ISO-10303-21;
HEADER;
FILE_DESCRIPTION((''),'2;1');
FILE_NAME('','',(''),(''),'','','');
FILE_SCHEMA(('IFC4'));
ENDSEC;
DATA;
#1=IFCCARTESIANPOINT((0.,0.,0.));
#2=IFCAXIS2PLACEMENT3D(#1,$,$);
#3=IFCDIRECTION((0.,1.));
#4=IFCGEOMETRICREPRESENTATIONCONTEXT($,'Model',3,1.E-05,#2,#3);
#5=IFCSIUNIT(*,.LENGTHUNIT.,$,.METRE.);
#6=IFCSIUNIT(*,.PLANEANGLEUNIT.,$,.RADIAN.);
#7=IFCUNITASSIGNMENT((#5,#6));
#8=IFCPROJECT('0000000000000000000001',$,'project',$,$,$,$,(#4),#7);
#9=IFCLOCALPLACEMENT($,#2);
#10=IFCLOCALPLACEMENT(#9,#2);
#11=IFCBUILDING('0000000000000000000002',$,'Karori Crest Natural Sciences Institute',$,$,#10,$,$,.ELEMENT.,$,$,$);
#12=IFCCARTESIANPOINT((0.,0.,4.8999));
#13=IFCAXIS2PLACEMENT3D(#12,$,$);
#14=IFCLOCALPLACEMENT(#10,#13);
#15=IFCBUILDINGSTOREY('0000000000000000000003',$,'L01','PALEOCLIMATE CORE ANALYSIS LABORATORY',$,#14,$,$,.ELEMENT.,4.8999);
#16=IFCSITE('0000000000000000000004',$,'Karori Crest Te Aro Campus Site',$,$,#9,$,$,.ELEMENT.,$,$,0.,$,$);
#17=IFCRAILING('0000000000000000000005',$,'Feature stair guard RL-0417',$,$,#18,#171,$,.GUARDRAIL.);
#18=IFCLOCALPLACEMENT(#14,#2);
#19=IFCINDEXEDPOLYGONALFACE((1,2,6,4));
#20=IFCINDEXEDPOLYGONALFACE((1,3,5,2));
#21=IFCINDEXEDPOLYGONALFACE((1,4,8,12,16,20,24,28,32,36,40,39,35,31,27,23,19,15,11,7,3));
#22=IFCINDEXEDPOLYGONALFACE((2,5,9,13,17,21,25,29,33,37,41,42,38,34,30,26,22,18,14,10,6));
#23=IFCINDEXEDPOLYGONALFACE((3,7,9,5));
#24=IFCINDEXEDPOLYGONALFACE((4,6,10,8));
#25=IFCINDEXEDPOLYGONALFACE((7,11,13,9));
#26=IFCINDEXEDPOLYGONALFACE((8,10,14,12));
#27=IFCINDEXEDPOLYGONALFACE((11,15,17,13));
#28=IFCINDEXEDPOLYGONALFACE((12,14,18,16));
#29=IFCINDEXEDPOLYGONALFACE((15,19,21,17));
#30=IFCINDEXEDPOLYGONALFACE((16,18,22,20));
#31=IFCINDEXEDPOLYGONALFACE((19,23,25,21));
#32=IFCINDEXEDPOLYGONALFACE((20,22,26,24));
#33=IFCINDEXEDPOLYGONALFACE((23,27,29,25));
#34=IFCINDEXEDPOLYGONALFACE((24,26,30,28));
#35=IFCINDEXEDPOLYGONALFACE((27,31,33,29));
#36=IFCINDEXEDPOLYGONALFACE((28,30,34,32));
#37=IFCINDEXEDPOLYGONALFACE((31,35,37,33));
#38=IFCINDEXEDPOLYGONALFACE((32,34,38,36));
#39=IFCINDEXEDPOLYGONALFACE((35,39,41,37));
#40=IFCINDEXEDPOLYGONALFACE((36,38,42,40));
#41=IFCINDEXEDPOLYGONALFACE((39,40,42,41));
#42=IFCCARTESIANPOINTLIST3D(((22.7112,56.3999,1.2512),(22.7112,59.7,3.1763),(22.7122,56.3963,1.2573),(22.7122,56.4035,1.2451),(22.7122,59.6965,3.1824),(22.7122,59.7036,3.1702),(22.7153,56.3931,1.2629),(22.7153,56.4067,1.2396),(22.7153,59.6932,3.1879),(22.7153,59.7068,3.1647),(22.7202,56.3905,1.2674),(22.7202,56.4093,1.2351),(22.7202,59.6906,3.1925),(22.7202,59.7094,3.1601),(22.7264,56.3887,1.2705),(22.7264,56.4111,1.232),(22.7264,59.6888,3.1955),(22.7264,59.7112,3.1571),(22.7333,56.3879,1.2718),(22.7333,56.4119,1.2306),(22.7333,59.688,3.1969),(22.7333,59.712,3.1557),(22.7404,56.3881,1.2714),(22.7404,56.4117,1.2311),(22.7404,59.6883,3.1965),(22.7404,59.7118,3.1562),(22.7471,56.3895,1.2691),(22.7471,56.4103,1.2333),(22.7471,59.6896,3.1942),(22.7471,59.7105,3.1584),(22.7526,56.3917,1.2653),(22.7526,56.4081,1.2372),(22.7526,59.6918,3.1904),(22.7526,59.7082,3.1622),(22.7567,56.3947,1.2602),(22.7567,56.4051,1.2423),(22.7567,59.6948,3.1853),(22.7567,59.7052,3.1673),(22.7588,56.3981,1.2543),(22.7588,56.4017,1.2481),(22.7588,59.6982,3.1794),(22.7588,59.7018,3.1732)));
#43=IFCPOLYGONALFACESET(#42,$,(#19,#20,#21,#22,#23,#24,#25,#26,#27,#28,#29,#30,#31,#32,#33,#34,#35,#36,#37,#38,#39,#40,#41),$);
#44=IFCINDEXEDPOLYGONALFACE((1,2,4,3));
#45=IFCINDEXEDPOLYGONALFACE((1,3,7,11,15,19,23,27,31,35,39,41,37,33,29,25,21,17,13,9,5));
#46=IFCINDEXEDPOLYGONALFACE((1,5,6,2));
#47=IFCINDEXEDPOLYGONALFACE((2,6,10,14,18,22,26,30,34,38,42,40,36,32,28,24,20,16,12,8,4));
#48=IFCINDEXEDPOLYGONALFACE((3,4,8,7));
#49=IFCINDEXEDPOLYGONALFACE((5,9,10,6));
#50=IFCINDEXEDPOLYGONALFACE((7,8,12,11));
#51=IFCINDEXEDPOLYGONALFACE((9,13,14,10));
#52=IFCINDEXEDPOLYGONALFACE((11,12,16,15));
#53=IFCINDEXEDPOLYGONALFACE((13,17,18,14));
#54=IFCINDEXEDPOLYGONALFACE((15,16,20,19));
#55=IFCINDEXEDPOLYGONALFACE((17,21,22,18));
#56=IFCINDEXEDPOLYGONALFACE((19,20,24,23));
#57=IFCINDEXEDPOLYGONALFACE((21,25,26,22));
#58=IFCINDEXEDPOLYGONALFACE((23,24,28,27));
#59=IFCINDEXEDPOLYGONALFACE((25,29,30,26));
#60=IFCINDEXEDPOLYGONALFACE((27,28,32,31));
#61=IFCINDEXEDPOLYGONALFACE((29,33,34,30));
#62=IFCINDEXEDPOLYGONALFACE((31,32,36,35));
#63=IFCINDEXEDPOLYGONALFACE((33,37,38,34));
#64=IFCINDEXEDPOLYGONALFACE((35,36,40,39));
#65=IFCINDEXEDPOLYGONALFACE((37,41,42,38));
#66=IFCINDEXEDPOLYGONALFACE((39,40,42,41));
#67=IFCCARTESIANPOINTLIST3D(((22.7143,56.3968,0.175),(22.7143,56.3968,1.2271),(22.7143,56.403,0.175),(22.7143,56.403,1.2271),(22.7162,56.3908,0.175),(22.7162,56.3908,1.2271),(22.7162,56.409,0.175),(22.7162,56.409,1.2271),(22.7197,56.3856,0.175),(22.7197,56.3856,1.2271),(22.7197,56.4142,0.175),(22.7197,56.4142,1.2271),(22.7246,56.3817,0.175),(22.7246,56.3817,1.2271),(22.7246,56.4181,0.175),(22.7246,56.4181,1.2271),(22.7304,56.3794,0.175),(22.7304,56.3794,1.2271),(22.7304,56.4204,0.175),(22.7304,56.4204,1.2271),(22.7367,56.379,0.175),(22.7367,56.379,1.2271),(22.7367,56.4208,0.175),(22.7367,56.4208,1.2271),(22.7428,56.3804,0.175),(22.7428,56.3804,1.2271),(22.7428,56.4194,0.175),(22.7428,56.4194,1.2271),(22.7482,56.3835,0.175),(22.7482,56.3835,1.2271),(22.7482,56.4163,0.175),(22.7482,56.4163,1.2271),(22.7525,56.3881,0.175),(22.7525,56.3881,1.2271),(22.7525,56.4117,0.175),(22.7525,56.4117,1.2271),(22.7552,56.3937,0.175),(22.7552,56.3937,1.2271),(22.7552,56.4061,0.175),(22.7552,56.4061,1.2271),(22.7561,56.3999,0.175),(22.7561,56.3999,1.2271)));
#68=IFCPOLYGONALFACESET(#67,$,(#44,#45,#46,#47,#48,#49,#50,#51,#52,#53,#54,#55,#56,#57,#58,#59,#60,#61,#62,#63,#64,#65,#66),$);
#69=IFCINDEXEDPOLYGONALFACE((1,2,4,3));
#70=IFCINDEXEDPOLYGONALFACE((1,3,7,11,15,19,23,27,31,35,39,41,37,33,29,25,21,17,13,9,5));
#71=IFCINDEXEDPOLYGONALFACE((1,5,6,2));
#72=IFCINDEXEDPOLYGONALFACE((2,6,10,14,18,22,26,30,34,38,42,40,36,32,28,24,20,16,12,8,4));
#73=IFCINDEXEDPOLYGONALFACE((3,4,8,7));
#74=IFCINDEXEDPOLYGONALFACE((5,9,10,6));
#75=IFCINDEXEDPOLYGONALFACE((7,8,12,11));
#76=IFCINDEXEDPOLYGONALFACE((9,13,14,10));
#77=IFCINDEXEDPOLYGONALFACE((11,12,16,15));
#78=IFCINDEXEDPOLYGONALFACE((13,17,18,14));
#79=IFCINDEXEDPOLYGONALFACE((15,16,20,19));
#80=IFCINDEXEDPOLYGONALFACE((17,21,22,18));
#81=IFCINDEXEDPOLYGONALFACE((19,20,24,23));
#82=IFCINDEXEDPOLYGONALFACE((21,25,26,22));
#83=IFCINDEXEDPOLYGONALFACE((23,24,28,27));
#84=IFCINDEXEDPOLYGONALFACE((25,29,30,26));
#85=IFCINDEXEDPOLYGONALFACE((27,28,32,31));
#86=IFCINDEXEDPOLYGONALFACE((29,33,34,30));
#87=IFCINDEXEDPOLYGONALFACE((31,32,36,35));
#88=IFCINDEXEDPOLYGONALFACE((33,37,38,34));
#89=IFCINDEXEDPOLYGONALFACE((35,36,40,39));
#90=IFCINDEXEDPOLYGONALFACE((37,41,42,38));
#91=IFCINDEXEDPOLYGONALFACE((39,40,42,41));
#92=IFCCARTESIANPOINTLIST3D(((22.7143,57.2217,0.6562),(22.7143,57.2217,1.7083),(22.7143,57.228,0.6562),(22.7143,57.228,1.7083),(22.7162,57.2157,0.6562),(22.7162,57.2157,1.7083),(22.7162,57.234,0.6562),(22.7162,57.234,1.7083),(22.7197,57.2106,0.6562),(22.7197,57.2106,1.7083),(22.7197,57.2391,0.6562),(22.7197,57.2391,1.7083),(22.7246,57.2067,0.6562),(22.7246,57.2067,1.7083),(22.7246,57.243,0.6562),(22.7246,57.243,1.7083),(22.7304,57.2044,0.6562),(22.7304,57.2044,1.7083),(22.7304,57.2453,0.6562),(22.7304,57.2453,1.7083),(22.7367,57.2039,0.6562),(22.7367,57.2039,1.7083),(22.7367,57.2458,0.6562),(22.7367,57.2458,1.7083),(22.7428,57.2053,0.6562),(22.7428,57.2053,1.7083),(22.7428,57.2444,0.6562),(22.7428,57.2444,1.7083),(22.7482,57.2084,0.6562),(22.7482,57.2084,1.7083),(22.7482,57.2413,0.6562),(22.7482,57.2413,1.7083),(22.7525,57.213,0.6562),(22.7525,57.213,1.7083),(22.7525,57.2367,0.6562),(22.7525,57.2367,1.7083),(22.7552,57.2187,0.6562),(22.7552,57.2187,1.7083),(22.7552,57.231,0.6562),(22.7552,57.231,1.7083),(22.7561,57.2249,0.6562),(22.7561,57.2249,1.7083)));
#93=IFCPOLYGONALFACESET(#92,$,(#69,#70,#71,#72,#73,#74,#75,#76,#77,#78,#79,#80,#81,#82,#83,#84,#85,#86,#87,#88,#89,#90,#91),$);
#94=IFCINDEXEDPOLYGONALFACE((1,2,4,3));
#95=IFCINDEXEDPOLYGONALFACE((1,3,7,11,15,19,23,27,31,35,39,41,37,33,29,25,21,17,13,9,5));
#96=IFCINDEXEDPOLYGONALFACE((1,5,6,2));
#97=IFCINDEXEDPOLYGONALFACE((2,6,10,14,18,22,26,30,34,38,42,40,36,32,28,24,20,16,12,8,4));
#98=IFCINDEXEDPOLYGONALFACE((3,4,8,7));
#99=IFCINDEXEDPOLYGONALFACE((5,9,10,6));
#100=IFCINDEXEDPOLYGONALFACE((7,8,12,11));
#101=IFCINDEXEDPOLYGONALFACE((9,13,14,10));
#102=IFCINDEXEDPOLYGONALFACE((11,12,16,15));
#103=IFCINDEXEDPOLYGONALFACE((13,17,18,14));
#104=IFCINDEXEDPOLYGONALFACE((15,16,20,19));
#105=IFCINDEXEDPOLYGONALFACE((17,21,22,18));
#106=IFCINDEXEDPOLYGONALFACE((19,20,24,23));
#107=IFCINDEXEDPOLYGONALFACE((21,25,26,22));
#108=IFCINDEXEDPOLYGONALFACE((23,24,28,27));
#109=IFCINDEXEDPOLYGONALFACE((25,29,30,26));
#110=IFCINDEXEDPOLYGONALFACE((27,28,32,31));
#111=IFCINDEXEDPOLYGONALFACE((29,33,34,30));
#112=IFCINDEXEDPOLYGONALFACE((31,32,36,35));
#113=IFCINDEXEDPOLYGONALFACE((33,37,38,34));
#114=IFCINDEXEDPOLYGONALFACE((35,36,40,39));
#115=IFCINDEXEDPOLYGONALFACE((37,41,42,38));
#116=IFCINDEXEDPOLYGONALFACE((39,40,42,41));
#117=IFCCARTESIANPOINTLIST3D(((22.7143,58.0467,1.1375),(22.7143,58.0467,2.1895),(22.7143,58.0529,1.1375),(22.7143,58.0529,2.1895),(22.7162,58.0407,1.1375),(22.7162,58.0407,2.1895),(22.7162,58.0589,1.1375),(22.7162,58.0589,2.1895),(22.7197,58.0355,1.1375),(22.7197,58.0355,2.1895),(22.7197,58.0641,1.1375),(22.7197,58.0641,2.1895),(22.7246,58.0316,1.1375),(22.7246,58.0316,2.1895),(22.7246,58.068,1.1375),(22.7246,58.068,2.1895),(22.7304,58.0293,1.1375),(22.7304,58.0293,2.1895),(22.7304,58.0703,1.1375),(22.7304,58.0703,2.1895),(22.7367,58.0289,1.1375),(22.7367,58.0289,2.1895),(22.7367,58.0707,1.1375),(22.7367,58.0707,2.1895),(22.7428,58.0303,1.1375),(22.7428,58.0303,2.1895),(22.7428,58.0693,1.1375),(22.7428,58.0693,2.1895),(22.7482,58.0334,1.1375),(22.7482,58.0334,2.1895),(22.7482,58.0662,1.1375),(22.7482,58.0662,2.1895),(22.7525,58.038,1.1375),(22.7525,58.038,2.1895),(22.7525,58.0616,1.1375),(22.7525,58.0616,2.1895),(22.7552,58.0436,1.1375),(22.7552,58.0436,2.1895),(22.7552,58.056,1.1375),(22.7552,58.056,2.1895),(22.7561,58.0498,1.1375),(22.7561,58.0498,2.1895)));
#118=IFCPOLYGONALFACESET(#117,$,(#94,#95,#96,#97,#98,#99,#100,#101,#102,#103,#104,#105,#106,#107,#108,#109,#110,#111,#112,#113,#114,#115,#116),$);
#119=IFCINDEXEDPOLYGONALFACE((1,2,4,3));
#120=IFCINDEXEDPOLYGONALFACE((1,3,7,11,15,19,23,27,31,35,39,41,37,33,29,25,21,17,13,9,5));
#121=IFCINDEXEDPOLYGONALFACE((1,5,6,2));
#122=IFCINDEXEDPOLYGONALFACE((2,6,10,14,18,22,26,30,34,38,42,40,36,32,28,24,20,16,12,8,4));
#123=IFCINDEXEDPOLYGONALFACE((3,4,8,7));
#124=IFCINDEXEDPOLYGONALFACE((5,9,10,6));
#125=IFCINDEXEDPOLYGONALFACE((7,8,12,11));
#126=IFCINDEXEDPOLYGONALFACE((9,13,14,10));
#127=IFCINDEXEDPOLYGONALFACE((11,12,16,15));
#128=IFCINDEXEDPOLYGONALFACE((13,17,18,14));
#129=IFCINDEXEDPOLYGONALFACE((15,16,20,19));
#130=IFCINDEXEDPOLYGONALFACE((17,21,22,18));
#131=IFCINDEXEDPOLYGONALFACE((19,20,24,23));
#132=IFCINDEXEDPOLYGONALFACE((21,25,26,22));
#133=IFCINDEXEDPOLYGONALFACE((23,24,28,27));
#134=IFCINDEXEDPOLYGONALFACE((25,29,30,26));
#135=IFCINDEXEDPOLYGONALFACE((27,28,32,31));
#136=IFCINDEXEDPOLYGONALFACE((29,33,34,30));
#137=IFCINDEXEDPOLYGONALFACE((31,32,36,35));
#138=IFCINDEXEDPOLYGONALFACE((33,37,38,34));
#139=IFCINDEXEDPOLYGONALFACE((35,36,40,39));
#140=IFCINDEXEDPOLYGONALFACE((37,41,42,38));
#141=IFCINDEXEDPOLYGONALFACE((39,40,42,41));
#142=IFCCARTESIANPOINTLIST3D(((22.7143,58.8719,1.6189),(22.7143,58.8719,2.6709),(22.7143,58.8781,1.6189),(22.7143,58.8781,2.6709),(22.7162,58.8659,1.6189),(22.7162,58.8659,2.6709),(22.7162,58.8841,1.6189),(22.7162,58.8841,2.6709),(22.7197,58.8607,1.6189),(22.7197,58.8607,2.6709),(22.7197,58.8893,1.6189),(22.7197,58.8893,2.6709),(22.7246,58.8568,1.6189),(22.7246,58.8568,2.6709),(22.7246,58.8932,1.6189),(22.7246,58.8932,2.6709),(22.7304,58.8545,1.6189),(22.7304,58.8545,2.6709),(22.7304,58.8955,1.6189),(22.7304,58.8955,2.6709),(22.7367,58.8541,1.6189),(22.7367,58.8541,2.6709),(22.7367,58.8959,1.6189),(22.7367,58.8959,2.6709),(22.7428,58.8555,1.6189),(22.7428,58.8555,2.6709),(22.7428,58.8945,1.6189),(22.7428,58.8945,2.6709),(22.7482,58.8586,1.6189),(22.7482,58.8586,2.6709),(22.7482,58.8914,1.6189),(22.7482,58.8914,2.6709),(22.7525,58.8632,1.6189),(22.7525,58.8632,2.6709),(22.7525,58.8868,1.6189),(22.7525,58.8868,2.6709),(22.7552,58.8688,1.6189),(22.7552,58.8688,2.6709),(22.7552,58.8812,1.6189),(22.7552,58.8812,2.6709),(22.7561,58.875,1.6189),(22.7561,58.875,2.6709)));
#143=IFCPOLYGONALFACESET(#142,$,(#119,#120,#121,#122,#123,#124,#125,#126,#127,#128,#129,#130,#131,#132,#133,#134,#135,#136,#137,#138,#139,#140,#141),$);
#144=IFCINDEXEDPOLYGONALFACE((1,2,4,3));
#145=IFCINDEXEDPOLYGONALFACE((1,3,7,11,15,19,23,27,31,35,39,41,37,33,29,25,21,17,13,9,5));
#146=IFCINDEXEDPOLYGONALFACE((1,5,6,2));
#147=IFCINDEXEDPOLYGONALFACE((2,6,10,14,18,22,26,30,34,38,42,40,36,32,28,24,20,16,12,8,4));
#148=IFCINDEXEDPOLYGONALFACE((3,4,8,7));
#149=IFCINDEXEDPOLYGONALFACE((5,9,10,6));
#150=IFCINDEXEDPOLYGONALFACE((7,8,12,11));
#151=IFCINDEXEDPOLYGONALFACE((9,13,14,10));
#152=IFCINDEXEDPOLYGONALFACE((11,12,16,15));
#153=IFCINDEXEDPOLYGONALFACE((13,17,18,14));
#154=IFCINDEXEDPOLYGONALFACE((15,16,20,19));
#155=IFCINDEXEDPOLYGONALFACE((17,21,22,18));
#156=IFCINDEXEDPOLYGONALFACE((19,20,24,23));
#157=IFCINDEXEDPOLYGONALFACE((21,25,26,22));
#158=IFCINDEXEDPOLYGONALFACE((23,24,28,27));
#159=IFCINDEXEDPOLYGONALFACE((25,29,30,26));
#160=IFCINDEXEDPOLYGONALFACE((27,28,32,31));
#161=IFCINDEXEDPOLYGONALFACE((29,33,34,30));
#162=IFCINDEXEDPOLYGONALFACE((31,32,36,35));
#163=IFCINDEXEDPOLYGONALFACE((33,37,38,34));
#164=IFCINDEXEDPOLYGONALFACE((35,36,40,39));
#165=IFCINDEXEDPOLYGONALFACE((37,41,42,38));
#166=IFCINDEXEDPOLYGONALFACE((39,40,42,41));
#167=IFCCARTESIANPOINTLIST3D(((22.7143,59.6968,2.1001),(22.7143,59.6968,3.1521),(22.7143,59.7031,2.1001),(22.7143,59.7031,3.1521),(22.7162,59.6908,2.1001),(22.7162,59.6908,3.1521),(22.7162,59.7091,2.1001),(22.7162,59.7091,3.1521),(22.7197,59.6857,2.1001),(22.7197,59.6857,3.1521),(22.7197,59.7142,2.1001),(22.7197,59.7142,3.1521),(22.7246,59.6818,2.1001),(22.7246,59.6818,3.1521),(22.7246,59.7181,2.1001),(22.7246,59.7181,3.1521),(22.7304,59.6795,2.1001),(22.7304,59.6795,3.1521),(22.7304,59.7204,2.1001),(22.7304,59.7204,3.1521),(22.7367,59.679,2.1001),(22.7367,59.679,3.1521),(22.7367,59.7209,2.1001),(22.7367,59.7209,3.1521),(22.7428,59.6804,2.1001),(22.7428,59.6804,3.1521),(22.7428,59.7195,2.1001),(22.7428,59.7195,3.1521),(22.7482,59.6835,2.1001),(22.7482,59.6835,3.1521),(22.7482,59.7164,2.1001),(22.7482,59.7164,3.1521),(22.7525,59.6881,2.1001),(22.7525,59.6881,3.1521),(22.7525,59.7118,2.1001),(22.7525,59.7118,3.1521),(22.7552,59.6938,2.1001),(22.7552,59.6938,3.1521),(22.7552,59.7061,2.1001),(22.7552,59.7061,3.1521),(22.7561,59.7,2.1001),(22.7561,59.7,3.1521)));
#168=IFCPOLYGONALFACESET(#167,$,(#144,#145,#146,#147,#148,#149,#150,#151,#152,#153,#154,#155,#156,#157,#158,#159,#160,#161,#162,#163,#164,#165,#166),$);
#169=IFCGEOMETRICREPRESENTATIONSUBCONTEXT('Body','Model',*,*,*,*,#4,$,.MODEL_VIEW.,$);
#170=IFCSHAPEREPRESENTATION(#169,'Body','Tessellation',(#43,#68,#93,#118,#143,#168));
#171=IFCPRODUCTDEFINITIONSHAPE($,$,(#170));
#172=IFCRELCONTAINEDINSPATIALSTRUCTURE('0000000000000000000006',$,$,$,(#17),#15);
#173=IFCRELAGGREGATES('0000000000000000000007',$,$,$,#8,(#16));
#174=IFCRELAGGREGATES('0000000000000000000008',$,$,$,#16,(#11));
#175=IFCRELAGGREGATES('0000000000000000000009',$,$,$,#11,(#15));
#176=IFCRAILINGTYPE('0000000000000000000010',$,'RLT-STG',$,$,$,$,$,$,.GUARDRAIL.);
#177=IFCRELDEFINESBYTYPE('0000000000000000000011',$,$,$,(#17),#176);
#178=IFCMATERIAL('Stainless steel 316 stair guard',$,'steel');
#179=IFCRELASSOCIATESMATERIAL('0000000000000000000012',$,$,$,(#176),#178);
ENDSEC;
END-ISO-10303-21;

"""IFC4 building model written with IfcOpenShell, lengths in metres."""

from ifc_helpers import new_model, si_unit, direction, frame, origin, origin_2d, place, context, subcontext, project, spatial, circle, extrude, material, type_object, element, save


model = new_model("IFC4")

# Units and contexts
model_context = context("Model", 3, precision=1e-05, world=origin(), true_north=direction((0.0, 1.0)))
body_context = subcontext(model_context, "Body", "Model", "MODEL_VIEW")
ifc_project = project(units=[si_unit("LENGTHUNIT", "METRE"), si_unit("PLANEANGLEUNIT", "RADIAN")], contexts=[model_context])

# Site, building, storey
site_placement = place(None, origin())
site = spatial("IfcSite", under=ifc_project, at=site_placement, Name="Karori Crest Te Aro Campus Site", CompositionType="ELEMENT", RefElevation=0.0)
building_placement = place(site_placement, origin())
building = spatial("IfcBuilding", under=site, at=building_placement, Name="Karori Crest Natural Sciences Institute", CompositionType="ELEMENT")
storey_placement = place(building_placement, frame((0.0, 0.0, 4.8999)))
storey = spatial("IfcBuildingStorey", under=building, at=storey_placement, Name="L01", Description="PALEOCLIMATE CORE ANALYSIS LABORATORY", CompositionType="ELEMENT", Elevation=4.8999)

# Railing
ifc_material_1 = material(Name="Stainless steel 316 stair guard", Category="steel")
railing_type = type_object("IfcRailingType", Name="RLT-STG", PredefinedType="GUARDRAIL", material=ifc_material_1)
for number, where, name in (
    (1, (22.7351, 56.3999, 0.175), "Feature stair guard RL-0417"),
):
    element("IfcRailing", number, at=place(storey_placement, frame(where)), inside=storey, type_object=railing_type, Name=name, PredefinedType="GUARDRAIL", context=body_context, shape_type="SweptSolid", body=[
        extrude(circle(Radius=0.0239, at=origin_2d()), frame((0.0, 0.0, 1.0762), z_axis=(0.0, 0.863777, 0.503875), x_axis=(-1.0, 0.0, 0.0)), (0.0, 0.0, 1.0), 3.8206),
        extrude(circle(Radius=0.021, at=origin_2d()), origin(), (0.0, 0.0, 1.0), 1.052),
        extrude(circle(Radius=0.021, at=origin_2d()), frame((0.0, 0.825, 0.4812)), (0.0, 0.0, 1.0), 1.052),
        extrude(circle(Radius=0.021, at=origin_2d()), frame((0.0, 1.6499, 0.9624)), (0.0, 0.0, 1.0), 1.052),
        extrude(circle(Radius=0.021, at=origin_2d()), frame((0.0, 2.4751, 1.4438)), (0.0, 0.0, 1.0), 1.052),
        extrude(circle(Radius=0.021, at=origin_2d()), frame((0.0, 3.3, 1.925)), (0.0, 0.0, 1.0), 1.052),
    ])

save(model, "model.ifc")
